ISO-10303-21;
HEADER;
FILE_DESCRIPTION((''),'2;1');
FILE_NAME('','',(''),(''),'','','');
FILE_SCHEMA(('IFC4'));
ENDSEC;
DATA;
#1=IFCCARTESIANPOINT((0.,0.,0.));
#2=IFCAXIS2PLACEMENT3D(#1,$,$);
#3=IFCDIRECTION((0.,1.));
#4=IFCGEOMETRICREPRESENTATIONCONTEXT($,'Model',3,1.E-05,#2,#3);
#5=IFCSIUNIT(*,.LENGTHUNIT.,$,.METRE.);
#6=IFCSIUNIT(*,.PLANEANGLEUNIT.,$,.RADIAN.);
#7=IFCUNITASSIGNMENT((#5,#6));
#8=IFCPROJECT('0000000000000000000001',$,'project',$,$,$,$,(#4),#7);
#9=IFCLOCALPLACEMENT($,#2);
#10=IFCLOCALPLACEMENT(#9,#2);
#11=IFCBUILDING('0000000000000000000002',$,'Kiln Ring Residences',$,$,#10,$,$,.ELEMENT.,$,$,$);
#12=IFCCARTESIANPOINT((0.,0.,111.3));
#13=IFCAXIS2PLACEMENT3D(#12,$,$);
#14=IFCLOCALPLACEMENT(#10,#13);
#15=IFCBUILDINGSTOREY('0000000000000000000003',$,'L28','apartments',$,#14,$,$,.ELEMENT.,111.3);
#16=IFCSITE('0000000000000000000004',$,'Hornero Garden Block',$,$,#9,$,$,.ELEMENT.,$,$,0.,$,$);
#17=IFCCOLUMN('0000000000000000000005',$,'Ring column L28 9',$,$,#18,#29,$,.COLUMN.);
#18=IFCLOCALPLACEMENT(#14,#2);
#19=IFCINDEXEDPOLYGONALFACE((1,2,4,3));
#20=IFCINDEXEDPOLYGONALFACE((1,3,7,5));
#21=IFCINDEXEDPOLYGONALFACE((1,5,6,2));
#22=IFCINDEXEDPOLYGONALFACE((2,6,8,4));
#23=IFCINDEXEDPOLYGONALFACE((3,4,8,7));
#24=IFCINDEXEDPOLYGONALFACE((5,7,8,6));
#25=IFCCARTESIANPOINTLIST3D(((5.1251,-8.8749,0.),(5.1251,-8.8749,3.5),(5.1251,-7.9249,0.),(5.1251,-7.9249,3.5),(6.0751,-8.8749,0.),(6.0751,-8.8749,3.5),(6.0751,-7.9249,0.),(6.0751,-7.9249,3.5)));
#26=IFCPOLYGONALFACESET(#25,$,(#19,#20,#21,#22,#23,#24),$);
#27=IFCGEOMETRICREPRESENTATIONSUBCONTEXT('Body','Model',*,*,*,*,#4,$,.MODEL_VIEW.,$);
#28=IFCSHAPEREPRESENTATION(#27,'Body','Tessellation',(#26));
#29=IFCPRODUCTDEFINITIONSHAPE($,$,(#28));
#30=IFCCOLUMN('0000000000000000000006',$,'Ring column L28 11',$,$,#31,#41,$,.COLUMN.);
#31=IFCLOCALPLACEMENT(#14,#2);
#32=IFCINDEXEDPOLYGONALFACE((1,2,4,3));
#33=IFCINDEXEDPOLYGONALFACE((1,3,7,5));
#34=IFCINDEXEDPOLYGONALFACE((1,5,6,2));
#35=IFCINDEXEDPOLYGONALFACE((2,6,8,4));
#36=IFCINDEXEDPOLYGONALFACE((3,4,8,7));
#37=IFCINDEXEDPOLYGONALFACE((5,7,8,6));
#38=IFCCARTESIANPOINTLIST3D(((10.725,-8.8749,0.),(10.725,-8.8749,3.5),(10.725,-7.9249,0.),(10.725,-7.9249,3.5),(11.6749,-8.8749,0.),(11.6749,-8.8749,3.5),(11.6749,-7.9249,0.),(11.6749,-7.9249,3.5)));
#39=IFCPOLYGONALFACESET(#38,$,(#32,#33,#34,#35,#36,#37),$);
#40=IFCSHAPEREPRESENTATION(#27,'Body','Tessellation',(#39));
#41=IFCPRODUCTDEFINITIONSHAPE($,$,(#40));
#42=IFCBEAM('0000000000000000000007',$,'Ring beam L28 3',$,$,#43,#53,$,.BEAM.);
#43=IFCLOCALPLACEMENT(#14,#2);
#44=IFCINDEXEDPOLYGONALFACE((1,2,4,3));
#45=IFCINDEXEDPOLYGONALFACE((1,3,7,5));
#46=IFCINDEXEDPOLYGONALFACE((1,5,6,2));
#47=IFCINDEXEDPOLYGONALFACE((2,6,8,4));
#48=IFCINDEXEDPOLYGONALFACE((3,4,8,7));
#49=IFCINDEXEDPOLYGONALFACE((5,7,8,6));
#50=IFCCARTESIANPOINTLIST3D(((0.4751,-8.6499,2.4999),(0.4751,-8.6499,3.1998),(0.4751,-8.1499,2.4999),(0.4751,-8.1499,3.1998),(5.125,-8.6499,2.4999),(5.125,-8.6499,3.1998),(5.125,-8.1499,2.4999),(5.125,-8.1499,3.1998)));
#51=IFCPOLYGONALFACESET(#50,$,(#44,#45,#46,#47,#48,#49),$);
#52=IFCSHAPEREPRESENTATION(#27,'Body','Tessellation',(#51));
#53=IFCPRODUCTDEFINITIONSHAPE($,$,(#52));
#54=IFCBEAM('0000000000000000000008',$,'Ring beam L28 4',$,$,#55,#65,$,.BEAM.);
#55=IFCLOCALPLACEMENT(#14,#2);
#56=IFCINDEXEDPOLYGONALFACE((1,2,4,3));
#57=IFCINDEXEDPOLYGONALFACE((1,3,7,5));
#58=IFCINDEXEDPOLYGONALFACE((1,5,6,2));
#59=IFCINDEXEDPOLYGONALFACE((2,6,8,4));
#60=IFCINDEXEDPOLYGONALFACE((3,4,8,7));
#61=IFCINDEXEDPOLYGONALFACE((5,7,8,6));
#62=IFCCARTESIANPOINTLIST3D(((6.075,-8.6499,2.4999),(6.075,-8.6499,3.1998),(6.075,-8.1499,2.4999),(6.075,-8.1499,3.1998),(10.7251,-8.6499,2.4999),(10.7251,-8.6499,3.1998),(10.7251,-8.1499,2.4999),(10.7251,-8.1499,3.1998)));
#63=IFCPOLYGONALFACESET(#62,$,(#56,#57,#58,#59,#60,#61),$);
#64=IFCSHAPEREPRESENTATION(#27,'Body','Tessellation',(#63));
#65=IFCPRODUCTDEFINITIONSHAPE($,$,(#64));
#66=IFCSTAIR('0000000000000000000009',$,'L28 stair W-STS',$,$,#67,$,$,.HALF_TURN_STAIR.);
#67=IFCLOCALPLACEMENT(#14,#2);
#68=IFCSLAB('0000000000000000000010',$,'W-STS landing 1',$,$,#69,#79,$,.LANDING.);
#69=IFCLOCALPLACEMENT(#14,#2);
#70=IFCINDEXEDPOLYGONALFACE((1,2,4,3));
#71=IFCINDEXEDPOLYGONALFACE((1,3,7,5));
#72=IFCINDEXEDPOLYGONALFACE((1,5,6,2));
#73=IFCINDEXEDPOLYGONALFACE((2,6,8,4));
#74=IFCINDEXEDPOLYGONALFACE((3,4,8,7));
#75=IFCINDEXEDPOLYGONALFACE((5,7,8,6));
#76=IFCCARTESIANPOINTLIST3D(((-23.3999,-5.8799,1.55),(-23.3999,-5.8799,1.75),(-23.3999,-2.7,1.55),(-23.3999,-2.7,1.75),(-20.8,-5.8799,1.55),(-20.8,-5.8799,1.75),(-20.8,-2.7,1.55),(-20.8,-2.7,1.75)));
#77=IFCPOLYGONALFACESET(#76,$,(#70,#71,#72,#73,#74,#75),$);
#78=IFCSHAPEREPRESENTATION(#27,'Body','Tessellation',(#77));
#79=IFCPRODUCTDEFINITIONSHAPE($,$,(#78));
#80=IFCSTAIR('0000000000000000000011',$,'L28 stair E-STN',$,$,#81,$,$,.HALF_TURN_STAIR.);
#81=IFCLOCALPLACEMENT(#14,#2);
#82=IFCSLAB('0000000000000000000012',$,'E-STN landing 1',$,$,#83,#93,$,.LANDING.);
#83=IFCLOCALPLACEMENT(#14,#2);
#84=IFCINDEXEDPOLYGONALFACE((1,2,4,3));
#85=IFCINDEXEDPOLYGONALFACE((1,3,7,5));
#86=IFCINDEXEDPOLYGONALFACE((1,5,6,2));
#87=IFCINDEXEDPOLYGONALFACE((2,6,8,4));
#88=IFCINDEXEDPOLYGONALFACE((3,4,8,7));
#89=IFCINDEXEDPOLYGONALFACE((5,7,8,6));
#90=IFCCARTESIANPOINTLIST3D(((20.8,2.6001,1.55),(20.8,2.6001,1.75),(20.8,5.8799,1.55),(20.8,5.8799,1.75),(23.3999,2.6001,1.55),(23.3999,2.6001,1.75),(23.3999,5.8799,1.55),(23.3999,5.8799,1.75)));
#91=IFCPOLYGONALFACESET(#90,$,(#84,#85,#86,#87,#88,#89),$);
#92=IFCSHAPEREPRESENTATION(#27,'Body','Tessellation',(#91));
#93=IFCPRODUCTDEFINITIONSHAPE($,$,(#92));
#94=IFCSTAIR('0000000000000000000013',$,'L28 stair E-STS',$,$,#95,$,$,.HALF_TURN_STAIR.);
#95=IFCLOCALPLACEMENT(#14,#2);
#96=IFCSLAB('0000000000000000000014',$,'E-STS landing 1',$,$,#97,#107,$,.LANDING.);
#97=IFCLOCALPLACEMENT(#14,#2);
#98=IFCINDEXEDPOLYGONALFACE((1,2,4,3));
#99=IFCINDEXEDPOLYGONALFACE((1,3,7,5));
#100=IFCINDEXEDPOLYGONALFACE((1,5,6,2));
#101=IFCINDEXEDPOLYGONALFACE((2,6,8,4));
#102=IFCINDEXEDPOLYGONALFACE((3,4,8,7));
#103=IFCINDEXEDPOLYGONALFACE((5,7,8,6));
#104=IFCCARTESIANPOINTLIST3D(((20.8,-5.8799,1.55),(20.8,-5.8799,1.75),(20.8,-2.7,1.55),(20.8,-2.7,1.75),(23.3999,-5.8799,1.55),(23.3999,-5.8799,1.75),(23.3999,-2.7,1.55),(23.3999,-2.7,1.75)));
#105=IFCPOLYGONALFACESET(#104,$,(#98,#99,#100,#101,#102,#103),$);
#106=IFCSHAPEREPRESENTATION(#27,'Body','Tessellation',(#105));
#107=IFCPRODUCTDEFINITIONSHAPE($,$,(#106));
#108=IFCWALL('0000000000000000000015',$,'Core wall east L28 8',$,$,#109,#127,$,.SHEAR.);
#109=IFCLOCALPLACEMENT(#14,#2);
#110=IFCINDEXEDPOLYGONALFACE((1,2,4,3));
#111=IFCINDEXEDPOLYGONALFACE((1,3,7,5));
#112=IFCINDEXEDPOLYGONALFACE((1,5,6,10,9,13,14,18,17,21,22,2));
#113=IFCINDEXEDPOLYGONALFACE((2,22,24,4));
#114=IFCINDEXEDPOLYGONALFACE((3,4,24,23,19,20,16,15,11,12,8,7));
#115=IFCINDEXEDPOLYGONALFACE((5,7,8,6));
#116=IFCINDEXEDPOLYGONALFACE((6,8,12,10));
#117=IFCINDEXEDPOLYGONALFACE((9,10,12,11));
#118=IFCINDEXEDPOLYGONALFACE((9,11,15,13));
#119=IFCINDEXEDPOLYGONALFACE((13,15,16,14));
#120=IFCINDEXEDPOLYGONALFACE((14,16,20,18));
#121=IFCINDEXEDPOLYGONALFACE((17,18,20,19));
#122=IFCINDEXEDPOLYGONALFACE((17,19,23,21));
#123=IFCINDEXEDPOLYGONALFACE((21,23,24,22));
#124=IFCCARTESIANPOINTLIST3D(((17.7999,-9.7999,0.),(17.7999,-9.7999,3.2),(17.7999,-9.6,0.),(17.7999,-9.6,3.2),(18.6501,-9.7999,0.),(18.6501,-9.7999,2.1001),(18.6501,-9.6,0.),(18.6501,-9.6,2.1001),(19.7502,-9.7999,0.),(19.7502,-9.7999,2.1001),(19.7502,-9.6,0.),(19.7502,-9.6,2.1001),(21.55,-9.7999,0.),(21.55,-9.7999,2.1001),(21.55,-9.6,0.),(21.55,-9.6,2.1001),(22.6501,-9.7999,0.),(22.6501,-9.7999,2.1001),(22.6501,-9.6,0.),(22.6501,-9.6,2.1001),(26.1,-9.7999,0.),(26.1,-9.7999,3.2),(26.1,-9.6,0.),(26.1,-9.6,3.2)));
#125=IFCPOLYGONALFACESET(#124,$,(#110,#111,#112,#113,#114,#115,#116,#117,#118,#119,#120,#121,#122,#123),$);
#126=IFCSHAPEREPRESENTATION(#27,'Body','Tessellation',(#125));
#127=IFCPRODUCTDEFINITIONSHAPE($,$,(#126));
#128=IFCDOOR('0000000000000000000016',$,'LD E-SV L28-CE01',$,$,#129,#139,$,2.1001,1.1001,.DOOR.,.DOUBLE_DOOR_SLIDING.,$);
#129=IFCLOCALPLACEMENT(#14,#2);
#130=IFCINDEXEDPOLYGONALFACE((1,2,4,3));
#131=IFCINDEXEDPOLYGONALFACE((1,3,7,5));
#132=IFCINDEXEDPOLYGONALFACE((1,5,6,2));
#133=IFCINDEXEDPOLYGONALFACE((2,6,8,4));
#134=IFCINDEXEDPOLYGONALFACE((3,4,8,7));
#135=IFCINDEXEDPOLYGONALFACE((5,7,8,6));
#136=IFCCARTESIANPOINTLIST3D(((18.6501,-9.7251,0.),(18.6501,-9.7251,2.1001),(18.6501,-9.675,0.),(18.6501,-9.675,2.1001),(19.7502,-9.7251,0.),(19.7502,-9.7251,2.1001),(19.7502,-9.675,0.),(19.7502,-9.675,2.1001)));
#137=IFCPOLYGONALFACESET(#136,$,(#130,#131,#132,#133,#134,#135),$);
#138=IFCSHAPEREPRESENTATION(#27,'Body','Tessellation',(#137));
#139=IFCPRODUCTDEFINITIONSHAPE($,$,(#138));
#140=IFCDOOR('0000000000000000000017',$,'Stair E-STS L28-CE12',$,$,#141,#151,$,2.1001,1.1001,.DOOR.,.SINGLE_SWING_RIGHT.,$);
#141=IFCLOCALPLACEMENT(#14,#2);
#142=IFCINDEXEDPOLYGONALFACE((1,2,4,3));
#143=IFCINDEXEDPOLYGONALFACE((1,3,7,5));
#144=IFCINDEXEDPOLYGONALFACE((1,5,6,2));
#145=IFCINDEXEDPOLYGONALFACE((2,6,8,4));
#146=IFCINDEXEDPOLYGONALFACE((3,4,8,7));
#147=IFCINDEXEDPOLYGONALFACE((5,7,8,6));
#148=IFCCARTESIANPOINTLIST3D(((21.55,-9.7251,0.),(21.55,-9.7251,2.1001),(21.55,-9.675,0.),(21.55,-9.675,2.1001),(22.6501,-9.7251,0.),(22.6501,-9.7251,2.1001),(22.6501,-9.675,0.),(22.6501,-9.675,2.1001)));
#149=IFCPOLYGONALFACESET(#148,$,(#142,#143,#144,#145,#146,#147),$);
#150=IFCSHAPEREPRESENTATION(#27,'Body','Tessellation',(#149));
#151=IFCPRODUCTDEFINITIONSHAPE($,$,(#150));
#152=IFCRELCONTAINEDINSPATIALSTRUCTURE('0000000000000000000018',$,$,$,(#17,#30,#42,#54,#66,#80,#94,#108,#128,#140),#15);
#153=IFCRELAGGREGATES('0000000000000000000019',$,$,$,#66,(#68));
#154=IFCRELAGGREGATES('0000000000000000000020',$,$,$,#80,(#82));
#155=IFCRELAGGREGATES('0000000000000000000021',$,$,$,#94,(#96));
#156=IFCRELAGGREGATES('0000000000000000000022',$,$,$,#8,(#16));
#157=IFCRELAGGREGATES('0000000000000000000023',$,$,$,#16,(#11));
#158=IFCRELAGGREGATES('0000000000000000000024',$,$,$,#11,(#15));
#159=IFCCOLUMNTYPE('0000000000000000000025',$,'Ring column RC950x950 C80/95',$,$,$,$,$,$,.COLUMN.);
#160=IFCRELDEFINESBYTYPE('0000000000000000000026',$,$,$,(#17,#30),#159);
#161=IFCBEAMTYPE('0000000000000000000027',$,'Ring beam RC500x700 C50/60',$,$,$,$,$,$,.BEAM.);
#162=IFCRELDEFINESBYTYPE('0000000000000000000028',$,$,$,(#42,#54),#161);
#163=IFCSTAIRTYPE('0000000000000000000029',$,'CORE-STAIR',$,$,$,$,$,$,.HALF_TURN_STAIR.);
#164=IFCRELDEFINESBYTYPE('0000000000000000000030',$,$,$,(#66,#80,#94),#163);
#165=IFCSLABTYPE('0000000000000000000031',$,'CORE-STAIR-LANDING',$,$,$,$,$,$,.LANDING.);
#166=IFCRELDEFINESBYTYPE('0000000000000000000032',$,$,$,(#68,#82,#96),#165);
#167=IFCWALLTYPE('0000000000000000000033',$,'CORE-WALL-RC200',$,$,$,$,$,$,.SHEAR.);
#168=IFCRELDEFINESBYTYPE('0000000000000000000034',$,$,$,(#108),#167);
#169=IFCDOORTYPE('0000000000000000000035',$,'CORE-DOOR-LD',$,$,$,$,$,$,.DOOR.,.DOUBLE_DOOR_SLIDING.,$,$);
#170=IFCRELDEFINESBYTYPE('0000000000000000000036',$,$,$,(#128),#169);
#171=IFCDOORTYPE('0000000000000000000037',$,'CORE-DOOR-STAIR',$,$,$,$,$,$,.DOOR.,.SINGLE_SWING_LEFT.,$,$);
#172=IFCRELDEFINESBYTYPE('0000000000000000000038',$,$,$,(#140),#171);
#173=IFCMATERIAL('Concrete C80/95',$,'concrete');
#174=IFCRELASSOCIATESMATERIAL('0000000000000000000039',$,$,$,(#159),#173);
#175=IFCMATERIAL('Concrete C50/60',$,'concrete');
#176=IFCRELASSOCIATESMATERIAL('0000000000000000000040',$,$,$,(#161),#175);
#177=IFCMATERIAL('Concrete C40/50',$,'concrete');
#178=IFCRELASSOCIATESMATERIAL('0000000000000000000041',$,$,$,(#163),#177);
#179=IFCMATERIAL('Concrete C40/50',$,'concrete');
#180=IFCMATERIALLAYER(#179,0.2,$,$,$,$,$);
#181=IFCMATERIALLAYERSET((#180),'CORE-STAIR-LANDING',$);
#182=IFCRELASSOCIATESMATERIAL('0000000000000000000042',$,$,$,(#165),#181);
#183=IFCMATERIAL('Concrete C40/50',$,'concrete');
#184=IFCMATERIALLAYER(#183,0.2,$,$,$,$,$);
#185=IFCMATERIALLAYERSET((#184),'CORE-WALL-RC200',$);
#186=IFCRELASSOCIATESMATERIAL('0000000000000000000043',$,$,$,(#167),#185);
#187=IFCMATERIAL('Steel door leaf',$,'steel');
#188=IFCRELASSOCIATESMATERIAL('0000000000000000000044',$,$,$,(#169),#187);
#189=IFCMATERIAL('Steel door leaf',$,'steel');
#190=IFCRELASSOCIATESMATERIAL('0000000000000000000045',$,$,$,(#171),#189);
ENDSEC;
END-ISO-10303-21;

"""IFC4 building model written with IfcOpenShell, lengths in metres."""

from ifc_helpers import new_model, si_unit, direction, frame, frame_2d, origin, origin_2d, place, context, subcontext, project, spatial, polyline, rectangle, outline, extrude, material, layer, layer_set, material_profile, profile_set, type_object, element, fill, aggregate, save


model = new_model("IFC4")

# Units and contexts
model_context = context("Model", 3, precision=1e-05, world=origin(), true_north=direction((0.0, 1.0)))
body_context = subcontext(model_context, "Body", "Model", "MODEL_VIEW")
ifc_project = project(units=[si_unit("LENGTHUNIT", "METRE"), si_unit("PLANEANGLEUNIT", "RADIAN")], contexts=[model_context])

# Site, building, storey
site_placement = place(None, origin())
site = spatial("IfcSite", under=ifc_project, at=site_placement, Name="Hornero Garden Block", CompositionType="ELEMENT", RefElevation=0.0)
building_placement = place(site_placement, origin())
building = spatial("IfcBuilding", under=site, at=building_placement, Name="Kiln Ring Residences", CompositionType="ELEMENT")
storey_placement = place(building_placement, frame((0.0, 0.0, 111.3)))
storey = spatial("IfcBuildingStorey", under=building, at=storey_placement, Name="L28", Description="apartments", CompositionType="ELEMENT", Elevation=111.3)

# Columns
ifc_material_1 = material(Name="Concrete C80/95", Category="concrete")
ifc_material_profile_1 = material_profile(ifc_material_1, rectangle(XDim=0.95, YDim=0.95, at=origin_2d()), Name="RC950x950")
ifc_profile_set_1 = profile_set([ifc_material_profile_1], Name="Concrete C80/95")
column_type = type_object("IfcColumnType", Name="Ring column RC950x950 C80/95", PredefinedType="COLUMN", material=ifc_profile_set_1)
for number, where, z_axis, x_axis, name in (
    (1, (5.6001, -8.3999, 0.0), (0.0, 0.0, 1.0), (1.0, 0.0, 0.0), "Ring column L28 9"),
    (2, (11.2, -8.3999, 0.0), (0.0, 0.0, 1.0), (1.0, 0.0, 0.0), "Ring column L28 11"),
):
    element("IfcColumn", number, at=place(storey_placement, frame(where, z_axis=z_axis, x_axis=x_axis)), inside=storey, type_object=column_type, Name=name, PredefinedType="COLUMN", context=body_context, shape_type="SweptSolid", body=[
        extrude(rectangle(XDim=0.95, YDim=0.95, at=origin_2d()), origin(), (0.0, 0.0, 1.0), 3.5),
    ])

# Beams
ifc_material_2 = material(Name="Concrete C50/60", Category="concrete")
ifc_material_profile_2 = material_profile(ifc_material_2, rectangle(XDim=0.5, YDim=0.7, at=origin_2d()), Name="RC500x700")
ifc_profile_set_2 = profile_set([ifc_material_profile_2], Name="Concrete C50/60")
beam_type = type_object("IfcBeamType", Name="Ring beam RC500x700 C50/60", PredefinedType="BEAM", material=ifc_profile_set_2)
beam_1_placement = place(storey_placement, frame((0.4751, -8.3999, 2.8499), z_axis=(1.0, 0.0, 0.0), x_axis=(0.0, 1.0, 0.0)))
element("IfcBeam", 3, at=beam_1_placement, inside=storey, type_object=beam_type, Name="Ring beam L28 3", PredefinedType="BEAM", context=body_context, shape_type="SweptSolid", body=[
    extrude(rectangle(XDim=0.5, YDim=0.7, at=origin_2d()), origin(), (0.0, 0.0, 1.0), 4.6499),
])
beam_2_placement = place(storey_placement, frame((6.075, -8.3999, 2.8499), z_axis=(1.0, 0.0, 0.0), x_axis=(0.0, 1.0, 0.0)))
element("IfcBeam", 4, at=beam_2_placement, inside=storey, type_object=beam_type, Name="Ring beam L28 4", PredefinedType="BEAM", context=body_context, shape_type="SweptSolid", body=[
    extrude(rectangle(XDim=0.5, YDim=0.7, at=origin_2d()), origin(), (0.0, 0.0, 1.0), 4.6501),
])

# Stairs, slabs
ifc_material_3 = material(Name="Concrete C40/50", Category="concrete")
stair_type = type_object("IfcStairType", Name="CORE-STAIR", PredefinedType="HALF_TURN_STAIR", material=ifc_material_3)
placement_1 = place(storey_placement, origin())
stair_1 = element("IfcStair", 5, at=placement_1, inside=storey, type_object=stair_type, Name="L28 stair W-STS", PredefinedType="HALF_TURN_STAIR")
ifc_material_4 = material(Name="Concrete C40/50", Category="concrete")
ifc_layer_1 = layer(ifc_material_4, 0.2)
ifc_layer_set_1 = layer_set([ifc_layer_1], Name="CORE-STAIR-LANDING")
slab_type = type_object("IfcSlabType", Name="CORE-STAIR-LANDING", PredefinedType="LANDING", material=ifc_layer_set_1)
placement_2 = place(storey_placement, frame((0.0, 0.0, 1.55)))
slab_1 = element("IfcSlab", 6, at=placement_2, type_object=slab_type, Name="W-STS landing 1", PredefinedType="LANDING", context=body_context, shape_type="SweptSolid", body=[
    extrude(outline(polyline([(-20.8, -5.8799), (-20.8, -2.7), (-23.3999, -2.7), (-23.3999, -5.8799), (-20.8, -5.8799)])), origin(), (0.0, 0.0, 1.0), 0.2),
])
aggregate(stair_1, [slab_1])
stair_2 = element("IfcStair", 7, at=placement_1, inside=storey, type_object=stair_type, Name="L28 stair E-STN", PredefinedType="HALF_TURN_STAIR")
slab_2 = element("IfcSlab", 8, at=placement_2, type_object=slab_type, Name="E-STN landing 1", PredefinedType="LANDING", context=body_context, shape_type="SweptSolid", body=[
    extrude(outline(polyline([(20.8, 5.8799), (20.8, 2.6001), (23.3999, 2.6001), (23.3999, 5.8799), (20.8, 5.8799)])), origin(), (0.0, 0.0, 1.0), 0.2),
])
aggregate(stair_2, [slab_2])
stair_3 = element("IfcStair", 9, at=placement_1, inside=storey, type_object=stair_type, Name="L28 stair E-STS", PredefinedType="HALF_TURN_STAIR")
slab_3 = element("IfcSlab", 10, at=placement_2, type_object=slab_type, Name="E-STS landing 1", PredefinedType="LANDING", context=body_context, shape_type="SweptSolid", body=[
    extrude(outline(polyline([(23.3999, -5.8799), (23.3999, -2.7), (20.8, -2.7), (20.8, -5.8799), (23.3999, -5.8799)])), origin(), (0.0, 0.0, 1.0), 0.2),
])
aggregate(stair_3, [slab_3])

# Wall, openings, doors
ifc_material_5 = material(Name="Concrete C40/50", Category="concrete")
ifc_layer_2 = layer(ifc_material_5, 0.2)
ifc_layer_set_2 = layer_set([ifc_layer_2], Name="CORE-WALL-RC200")
wall_type_1 = type_object("IfcWallType", Name="CORE-WALL-RC200", PredefinedType="SHEAR", material=ifc_layer_set_2)
wall_1_placement = place(storey_placement, frame((17.8, -9.7, 0.0), z_axis=(0.0, 0.0, 1.0), x_axis=(1.0, 0.0, 0.0)))
wall_1 = element("IfcWall", 11, at=wall_1_placement, inside=storey, type_object=wall_type_1, Name="Core wall east L28 8", PredefinedType="SHEAR", context=body_context, shape_type="SweptSolid", body=[
    extrude(rectangle(XDim=8.3, YDim=0.2, at=frame_2d((4.1499, 0.0))), origin(), (0.0, 0.0, 1.0), 3.2),
])
opening_1_placement = place(wall_1_placement, frame((0.8501, 0.0, 0.0)))
opening_1 = element("IfcOpeningElement", 12, at=opening_1_placement, cuts=wall_1, PredefinedType="OPENING", context=body_context, shape_type="SweptSolid", body=[
    extrude(rectangle(XDim=1.1001, YDim=2.1001, at=frame_2d((0.55, 1.05))), frame((0.0, 0.1099, 0.0), z_axis=(0.0, -1.0, 0.0), x_axis=(1.0, 0.0, 0.0)), (0.0, 0.0, 1.0), 0.22),
])
opening_2_placement = place(wall_1_placement, frame((3.75, 0.0, 0.0)))
opening_2 = element("IfcOpeningElement", 13, at=opening_2_placement, cuts=wall_1, PredefinedType="OPENING", context=body_context, shape_type="SweptSolid", body=[
    extrude(rectangle(XDim=1.1001, YDim=2.1001, at=frame_2d((0.55, 1.05))), frame((0.0, 0.1099, 0.0), z_axis=(0.0, -1.0, 0.0), x_axis=(1.0, 0.0, 0.0)), (0.0, 0.0, 1.0), 0.22),
])
ifc_material_6 = material(Name="Steel door leaf", Category="steel")
door_type_1 = type_object("IfcDoorType", Name="CORE-DOOR-LD", OperationType="DOUBLE_DOOR_SLIDING", PredefinedType="DOOR", material=ifc_material_6)
door_1_placement = place(opening_1_placement, origin())
door_1 = element("IfcDoor", 14, at=door_1_placement, inside=storey, type_object=door_type_1, Name="LD E-SV L28-CE01", OperationType="DOUBLE_DOOR_SLIDING", OverallHeight=2.1001, OverallWidth=1.1001, PredefinedType="DOOR", context=body_context, shape_type="SweptSolid", body=[
    extrude(rectangle(XDim=1.1001, YDim=2.1001, at=frame_2d((0.55, 1.05))), frame((0.0, 0.0249, 0.0), z_axis=(0.0, -1.0, 0.0), x_axis=(1.0, 0.0, 0.0)), (0.0, 0.0, 1.0), 0.05),
])
fill(opening_1, door_1)
ifc_material_7 = material(Name="Steel door leaf", Category="steel")
door_type_2 = type_object("IfcDoorType", Name="CORE-DOOR-STAIR", OperationType="SINGLE_SWING_LEFT", PredefinedType="DOOR", material=ifc_material_7)
door_2_placement = place(opening_2_placement, origin())
door_2 = element("IfcDoor", 15, at=door_2_placement, inside=storey, type_object=door_type_2, Name="Stair E-STS L28-CE12", OperationType="SINGLE_SWING_RIGHT", OverallHeight=2.1001, OverallWidth=1.1001, PredefinedType="DOOR", context=body_context, shape_type="SweptSolid", body=[
    extrude(rectangle(XDim=1.1001, YDim=2.1001, at=frame_2d((0.55, 1.05))), frame((0.0, 0.0249, 0.0), z_axis=(0.0, -1.0, 0.0), x_axis=(1.0, 0.0, 0.0)), (0.0, 0.0, 1.0), 0.05),
])
fill(opening_2, door_2)

save(model, "model.ifc")
